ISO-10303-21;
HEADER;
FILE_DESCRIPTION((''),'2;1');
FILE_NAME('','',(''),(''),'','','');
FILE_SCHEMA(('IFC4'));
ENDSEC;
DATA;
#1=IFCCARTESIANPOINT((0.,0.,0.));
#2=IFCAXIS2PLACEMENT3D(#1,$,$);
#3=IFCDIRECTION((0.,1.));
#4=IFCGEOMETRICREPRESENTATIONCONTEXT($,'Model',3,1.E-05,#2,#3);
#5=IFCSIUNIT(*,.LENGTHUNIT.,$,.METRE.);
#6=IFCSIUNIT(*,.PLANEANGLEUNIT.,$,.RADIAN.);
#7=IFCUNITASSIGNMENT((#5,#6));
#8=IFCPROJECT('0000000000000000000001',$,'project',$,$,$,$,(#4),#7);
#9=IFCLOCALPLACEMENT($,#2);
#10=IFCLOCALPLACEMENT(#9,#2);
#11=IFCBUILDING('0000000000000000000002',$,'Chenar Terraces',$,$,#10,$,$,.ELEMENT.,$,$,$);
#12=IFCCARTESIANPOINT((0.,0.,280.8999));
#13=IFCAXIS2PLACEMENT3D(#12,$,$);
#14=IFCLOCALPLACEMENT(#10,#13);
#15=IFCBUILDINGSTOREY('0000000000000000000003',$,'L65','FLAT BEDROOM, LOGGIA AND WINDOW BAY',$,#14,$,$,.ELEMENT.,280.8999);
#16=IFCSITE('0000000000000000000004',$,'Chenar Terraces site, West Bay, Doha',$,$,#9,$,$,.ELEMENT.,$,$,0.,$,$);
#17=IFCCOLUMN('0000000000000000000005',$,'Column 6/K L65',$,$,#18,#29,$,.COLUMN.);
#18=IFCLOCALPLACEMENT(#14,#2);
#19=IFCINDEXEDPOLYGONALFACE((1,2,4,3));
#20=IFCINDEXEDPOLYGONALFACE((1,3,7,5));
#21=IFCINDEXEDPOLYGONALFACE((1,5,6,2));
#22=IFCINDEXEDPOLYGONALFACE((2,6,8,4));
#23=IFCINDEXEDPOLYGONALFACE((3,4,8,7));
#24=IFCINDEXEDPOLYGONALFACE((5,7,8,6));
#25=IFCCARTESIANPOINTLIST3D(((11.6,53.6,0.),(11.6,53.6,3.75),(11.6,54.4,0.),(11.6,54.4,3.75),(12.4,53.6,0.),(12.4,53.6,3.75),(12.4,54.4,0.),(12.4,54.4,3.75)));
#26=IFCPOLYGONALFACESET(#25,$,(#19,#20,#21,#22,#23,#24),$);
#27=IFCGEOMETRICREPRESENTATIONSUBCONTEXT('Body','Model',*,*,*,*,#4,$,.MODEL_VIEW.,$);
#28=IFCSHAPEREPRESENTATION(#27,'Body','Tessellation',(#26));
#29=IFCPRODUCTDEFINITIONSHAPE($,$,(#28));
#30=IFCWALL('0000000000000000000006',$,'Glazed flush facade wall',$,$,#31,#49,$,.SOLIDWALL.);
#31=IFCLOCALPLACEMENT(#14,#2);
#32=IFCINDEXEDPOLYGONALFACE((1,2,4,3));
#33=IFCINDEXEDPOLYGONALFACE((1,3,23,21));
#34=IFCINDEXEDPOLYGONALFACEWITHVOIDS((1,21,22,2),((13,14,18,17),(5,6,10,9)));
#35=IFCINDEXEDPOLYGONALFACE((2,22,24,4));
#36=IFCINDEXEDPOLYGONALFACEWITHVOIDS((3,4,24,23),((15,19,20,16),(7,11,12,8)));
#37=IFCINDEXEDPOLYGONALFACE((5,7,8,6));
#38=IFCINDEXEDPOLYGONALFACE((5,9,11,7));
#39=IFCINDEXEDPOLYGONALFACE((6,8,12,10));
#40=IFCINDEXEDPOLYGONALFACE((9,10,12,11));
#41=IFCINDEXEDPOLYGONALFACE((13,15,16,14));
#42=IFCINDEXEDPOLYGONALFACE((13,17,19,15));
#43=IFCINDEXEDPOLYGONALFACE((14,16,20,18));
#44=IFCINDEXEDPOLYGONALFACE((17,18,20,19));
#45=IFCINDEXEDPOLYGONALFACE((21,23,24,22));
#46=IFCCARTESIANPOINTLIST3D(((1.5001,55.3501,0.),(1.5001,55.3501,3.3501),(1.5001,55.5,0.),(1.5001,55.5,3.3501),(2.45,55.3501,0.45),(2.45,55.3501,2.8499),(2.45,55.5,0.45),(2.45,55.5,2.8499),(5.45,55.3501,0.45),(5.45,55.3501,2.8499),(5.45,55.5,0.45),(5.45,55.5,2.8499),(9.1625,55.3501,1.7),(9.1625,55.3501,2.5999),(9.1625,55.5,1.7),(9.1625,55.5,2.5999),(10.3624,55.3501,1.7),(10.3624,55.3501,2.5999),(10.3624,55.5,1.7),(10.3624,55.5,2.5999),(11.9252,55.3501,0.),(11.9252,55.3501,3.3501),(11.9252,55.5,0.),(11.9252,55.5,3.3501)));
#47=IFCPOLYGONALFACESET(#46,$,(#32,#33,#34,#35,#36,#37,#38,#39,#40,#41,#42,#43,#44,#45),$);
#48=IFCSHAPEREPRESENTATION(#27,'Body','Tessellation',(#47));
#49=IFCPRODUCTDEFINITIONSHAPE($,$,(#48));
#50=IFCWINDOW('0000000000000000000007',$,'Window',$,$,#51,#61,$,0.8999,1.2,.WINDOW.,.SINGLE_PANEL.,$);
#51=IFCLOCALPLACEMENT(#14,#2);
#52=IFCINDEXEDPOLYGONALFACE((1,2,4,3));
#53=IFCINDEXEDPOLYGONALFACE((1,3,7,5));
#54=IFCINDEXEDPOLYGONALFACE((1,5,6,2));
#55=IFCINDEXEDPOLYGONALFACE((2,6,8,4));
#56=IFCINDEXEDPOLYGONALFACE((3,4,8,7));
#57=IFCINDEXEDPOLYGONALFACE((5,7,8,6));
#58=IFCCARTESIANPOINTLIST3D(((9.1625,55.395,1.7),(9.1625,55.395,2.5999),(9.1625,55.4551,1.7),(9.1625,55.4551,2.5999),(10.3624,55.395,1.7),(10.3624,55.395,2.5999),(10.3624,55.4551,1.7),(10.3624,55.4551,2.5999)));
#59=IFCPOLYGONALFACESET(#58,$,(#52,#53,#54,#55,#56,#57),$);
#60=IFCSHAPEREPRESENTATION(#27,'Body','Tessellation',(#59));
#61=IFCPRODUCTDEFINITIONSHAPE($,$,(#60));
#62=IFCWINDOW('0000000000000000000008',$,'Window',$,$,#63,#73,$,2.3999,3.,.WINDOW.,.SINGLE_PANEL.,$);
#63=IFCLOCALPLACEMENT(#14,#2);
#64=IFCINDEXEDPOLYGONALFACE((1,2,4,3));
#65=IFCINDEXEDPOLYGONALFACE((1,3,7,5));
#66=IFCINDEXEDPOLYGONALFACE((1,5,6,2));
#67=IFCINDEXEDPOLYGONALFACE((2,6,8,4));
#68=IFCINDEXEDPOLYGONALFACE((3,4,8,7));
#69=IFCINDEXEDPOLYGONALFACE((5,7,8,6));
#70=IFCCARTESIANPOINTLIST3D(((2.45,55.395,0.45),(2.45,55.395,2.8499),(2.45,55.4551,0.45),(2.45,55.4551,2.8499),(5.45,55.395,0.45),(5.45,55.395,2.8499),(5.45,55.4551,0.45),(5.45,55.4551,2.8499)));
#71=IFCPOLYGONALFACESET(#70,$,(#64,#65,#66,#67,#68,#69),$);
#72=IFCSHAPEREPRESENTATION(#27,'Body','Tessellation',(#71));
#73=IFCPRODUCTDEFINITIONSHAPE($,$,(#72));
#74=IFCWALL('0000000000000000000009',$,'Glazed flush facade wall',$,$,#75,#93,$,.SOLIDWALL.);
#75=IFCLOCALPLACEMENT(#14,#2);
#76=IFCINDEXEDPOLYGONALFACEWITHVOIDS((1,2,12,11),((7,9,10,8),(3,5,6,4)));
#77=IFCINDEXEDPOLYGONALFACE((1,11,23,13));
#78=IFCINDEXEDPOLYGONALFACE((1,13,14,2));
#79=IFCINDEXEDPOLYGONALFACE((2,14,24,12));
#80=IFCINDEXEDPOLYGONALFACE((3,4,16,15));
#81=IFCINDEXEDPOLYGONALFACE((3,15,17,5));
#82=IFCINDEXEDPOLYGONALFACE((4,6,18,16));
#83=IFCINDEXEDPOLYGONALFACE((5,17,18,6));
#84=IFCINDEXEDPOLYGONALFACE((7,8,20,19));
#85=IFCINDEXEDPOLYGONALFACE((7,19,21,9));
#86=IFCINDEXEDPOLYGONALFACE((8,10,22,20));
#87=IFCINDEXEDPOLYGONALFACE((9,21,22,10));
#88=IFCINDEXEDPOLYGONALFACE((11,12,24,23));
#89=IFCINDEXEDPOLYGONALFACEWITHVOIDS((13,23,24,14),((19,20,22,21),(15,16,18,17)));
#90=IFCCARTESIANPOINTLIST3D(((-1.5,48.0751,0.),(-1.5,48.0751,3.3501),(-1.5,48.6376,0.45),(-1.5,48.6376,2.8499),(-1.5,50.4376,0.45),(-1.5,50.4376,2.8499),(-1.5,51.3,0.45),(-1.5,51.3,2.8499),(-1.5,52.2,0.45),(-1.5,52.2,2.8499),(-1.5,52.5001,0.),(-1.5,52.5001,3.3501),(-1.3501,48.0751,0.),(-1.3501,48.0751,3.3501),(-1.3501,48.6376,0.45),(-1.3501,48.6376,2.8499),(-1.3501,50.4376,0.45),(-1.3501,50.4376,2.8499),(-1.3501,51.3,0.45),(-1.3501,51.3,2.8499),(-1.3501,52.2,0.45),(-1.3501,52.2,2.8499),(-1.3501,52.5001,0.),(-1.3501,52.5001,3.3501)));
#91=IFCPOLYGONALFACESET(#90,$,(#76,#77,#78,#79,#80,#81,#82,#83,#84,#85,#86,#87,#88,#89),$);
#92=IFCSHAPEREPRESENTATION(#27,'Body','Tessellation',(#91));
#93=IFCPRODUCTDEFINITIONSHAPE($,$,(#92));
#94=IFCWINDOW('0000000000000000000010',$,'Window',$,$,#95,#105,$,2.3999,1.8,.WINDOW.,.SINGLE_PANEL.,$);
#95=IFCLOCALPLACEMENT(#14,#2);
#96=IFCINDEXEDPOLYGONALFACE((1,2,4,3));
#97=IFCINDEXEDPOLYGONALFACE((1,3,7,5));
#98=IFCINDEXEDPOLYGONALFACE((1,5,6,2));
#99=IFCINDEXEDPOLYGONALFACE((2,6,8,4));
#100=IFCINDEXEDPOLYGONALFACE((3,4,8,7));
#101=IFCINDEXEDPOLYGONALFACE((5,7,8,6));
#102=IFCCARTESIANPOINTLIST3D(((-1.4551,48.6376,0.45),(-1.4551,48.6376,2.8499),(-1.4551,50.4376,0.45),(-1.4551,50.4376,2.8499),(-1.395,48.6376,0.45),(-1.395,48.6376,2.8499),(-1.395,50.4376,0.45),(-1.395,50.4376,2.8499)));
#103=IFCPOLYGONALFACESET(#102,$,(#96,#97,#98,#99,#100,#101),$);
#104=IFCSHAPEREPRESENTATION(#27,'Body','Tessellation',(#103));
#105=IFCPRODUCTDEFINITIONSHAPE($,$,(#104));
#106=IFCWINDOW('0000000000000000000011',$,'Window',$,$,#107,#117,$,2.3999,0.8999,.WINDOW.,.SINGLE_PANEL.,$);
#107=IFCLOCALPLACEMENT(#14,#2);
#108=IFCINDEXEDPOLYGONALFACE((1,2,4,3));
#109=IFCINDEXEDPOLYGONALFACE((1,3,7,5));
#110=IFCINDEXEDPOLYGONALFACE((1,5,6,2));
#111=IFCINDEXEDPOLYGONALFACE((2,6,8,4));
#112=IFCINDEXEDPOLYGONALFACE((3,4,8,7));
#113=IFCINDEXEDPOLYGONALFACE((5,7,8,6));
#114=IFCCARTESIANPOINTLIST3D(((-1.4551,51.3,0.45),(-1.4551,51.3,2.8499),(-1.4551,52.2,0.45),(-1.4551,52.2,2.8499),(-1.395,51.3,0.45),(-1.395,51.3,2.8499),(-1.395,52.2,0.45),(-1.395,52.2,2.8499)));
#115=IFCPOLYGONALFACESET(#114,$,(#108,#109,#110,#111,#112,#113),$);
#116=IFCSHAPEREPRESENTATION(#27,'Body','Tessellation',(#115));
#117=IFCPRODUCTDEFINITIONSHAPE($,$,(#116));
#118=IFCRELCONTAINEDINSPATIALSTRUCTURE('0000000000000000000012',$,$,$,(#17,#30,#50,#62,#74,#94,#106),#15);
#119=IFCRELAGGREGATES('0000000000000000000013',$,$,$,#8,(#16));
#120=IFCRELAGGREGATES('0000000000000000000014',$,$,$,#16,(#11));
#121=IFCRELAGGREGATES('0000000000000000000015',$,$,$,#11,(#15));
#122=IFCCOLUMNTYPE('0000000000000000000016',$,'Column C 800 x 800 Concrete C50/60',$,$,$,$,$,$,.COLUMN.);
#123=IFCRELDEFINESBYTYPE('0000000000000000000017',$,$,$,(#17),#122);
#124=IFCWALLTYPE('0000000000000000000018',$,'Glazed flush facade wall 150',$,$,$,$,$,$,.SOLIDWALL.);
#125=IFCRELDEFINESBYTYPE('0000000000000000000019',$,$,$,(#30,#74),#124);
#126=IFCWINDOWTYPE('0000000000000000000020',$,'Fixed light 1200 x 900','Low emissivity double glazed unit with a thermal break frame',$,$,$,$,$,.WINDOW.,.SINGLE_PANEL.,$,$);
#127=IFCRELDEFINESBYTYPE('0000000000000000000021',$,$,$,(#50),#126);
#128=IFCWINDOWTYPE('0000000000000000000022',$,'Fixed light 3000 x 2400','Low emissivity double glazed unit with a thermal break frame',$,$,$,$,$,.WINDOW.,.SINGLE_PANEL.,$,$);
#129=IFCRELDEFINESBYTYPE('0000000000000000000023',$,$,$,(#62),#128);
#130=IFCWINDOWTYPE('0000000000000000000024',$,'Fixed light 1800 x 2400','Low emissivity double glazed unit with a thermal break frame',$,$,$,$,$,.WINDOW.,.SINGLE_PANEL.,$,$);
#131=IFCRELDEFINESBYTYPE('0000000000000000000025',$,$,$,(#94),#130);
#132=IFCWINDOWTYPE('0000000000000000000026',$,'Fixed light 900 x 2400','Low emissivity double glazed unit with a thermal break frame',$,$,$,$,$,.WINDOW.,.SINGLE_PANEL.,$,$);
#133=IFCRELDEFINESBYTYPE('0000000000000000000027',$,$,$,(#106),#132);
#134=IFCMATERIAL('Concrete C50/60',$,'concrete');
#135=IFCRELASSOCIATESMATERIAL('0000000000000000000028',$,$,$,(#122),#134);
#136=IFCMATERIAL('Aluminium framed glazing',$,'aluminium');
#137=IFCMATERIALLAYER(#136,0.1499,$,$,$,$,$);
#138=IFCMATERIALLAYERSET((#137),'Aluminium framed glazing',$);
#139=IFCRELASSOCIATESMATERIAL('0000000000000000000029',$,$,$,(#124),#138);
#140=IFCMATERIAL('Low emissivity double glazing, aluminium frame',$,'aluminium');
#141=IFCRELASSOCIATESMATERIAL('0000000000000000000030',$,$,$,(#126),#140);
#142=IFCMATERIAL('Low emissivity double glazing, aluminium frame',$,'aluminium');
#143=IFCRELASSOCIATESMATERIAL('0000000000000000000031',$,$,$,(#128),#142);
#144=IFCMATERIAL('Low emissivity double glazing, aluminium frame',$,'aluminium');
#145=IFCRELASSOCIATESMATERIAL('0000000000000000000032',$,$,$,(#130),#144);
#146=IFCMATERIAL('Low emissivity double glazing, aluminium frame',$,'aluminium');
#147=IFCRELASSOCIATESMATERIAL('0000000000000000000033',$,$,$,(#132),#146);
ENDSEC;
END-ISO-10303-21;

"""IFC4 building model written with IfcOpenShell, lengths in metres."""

from ifc_helpers import new_model, si_unit, direction, frame, frame_2d, origin, origin_2d, place, context, subcontext, project, spatial, rectangle, extrude, material, layer, layer_set, material_profile, profile_set, type_object, element, fill, save


model = new_model("IFC4")

# Units and contexts
model_context = context("Model", 3, precision=1e-05, world=origin(), true_north=direction((0.0, 1.0)))
body_context = subcontext(model_context, "Body", "Model", "MODEL_VIEW")
ifc_project = project(units=[si_unit("LENGTHUNIT", "METRE"), si_unit("PLANEANGLEUNIT", "RADIAN")], contexts=[model_context])

# Site, building, storey
site_placement = place(None, origin())
site = spatial("IfcSite", under=ifc_project, at=site_placement, Name="Chenar Terraces site, West Bay, Doha", CompositionType="ELEMENT", RefElevation=0.0)
building_placement = place(site_placement, origin())
building = spatial("IfcBuilding", under=site, at=building_placement, Name="Chenar Terraces", CompositionType="ELEMENT")
storey_placement = place(building_placement, frame((0.0, 0.0, 280.8999)))
storey = spatial("IfcBuildingStorey", under=building, at=storey_placement, Name="L65", Description="FLAT BEDROOM, LOGGIA AND WINDOW BAY", CompositionType="ELEMENT", Elevation=280.8999)

# Column
ifc_material_1 = material(Name="Concrete C50/60", Category="concrete")
ifc_material_profile_1 = material_profile(ifc_material_1, rectangle(XDim=0.8, YDim=0.8, at=origin_2d()), Name="C 800 x 800")
ifc_profile_set_1 = profile_set([ifc_material_profile_1], Name="Concrete C50/60")
column_type = type_object("IfcColumnType", Name="Column C 800 x 800 Concrete C50/60", PredefinedType="COLUMN", material=ifc_profile_set_1)
column_placement = place(storey_placement, frame((12.0, 54.0, 0.0), z_axis=(0.0, 0.0, 1.0), x_axis=(1.0, 0.0, 0.0)))
element("IfcColumn", 1, at=column_placement, inside=storey, type_object=column_type, Name="Column 6/K L65", PredefinedType="COLUMN", context=body_context, shape_type="SweptSolid", body=[
    extrude(rectangle(XDim=0.8, YDim=0.8, at=origin_2d()), origin(), (0.0, 0.0, 1.0), 3.75),
])

# Walls, openings, windows
ifc_material_2 = material(Name="Aluminium framed glazing", Category="aluminium")
ifc_layer_1 = layer(ifc_material_2, 0.1499)
ifc_layer_set_1 = layer_set([ifc_layer_1], Name="Aluminium framed glazing")
wall_type_1 = type_object("IfcWallType", Name="Glazed flush facade wall 150", PredefinedType="SOLIDWALL", material=ifc_layer_set_1)
wall_1_placement = place(storey_placement, frame((11.925, 55.425, 0.0), z_axis=(0.0, 0.0, 1.0), x_axis=(-1.0, 0.0, 0.0)))
wall_1 = element("IfcWall", 2, at=wall_1_placement, inside=storey, type_object=wall_type_1, Name="Glazed flush facade wall", PredefinedType="SOLIDWALL", context=body_context, shape_type="SweptSolid", body=[
    extrude(rectangle(XDim=10.425, YDim=0.1499, at=frame_2d((5.2124, 0.0))), origin(), (0.0, 0.0, 1.0), 3.3501),
])
opening_1_placement = place(wall_1_placement, frame((1.5625, 0.0, 1.7)))
opening_1 = element("IfcOpeningElement", 3, at=opening_1_placement, cuts=wall_1, PredefinedType="OPENING", context=body_context, shape_type="SweptSolid", body=[
    extrude(rectangle(XDim=1.2, YDim=0.8999, at=frame_2d((0.6001, 0.45))), frame((0.0, 0.085, 0.0), z_axis=(0.0, -1.0, 0.0), x_axis=(1.0, 0.0, 0.0)), (0.0, 0.0, 1.0), 0.1699),
])
opening_2_placement = place(wall_1_placement, frame((6.4751, 0.0, 0.45)))
opening_2 = element("IfcOpeningElement", 4, at=opening_2_placement, cuts=wall_1, PredefinedType="OPENING", context=body_context, shape_type="SweptSolid", body=[
    extrude(rectangle(XDim=3.0, YDim=2.3999, at=frame_2d((1.5, 1.2))), frame((0.0, 0.085, 0.0), z_axis=(0.0, -1.0, 0.0), x_axis=(1.0, 0.0, 0.0)), (0.0, 0.0, 1.0), 0.1699),
])
ifc_material_3 = material(Name="Low emissivity double glazing, aluminium frame", Category="aluminium")
window_type_1 = type_object("IfcWindowType", Name="Fixed light 1200 x 900", Description="Low emissivity double glazed unit with a thermal break frame", PartitioningType="SINGLE_PANEL", PredefinedType="WINDOW", material=ifc_material_3)
window_1_placement = place(opening_1_placement, origin())
window_1 = element("IfcWindow", 5, at=window_1_placement, inside=storey, type_object=window_type_1, Name="Window", OverallHeight=0.8999, OverallWidth=1.2, PartitioningType="SINGLE_PANEL", PredefinedType="WINDOW", context=body_context, shape_type="SweptSolid", body=[
    extrude(rectangle(XDim=1.2, YDim=0.8999, at=frame_2d((0.6001, 0.45))), frame((0.0, 0.03, 0.0), z_axis=(0.0, -1.0, 0.0), x_axis=(1.0, 0.0, 0.0)), (0.0, 0.0, 1.0), 0.0601),
])
fill(opening_1, window_1)
ifc_material_4 = material(Name="Low emissivity double glazing, aluminium frame", Category="aluminium")
window_type_2 = type_object("IfcWindowType", Name="Fixed light 3000 x 2400", Description="Low emissivity double glazed unit with a thermal break frame", PartitioningType="SINGLE_PANEL", PredefinedType="WINDOW", material=ifc_material_4)
window_2_placement = place(opening_2_placement, origin())
window_2 = element("IfcWindow", 6, at=window_2_placement, inside=storey, type_object=window_type_2, Name="Window", OverallHeight=2.3999, OverallWidth=3.0, PartitioningType="SINGLE_PANEL", PredefinedType="WINDOW", context=body_context, shape_type="SweptSolid", body=[
    extrude(rectangle(XDim=3.0, YDim=2.3999, at=frame_2d((1.5, 1.2))), frame((0.0, 0.03, 0.0), z_axis=(0.0, -1.0, 0.0), x_axis=(1.0, 0.0, 0.0)), (0.0, 0.0, 1.0), 0.0601),
])
fill(opening_2, window_2)
wall_2_placement = place(storey_placement, frame((-1.425, 52.5, 0.0), z_axis=(0.0, 0.0, 1.0), x_axis=(0.0, -1.0, 0.0)))
wall_2 = element("IfcWall", 7, at=wall_2_placement, inside=storey, type_object=wall_type_1, Name="Glazed flush facade wall", PredefinedType="SOLIDWALL", context=body_context, shape_type="SweptSolid", body=[
    extrude(rectangle(XDim=4.425, YDim=0.1499, at=frame_2d((2.2124, 0.0))), origin(), (0.0, 0.0, 1.0), 3.3501),
])
opening_3_placement = place(wall_2_placement, frame((0.3, 0.0, 0.45)))
opening_3 = element("IfcOpeningElement", 8, at=opening_3_placement, cuts=wall_2, PredefinedType="OPENING", context=body_context, shape_type="SweptSolid", body=[
    extrude(rectangle(XDim=0.8999, YDim=2.3999, at=frame_2d((0.45, 1.2))), frame((0.0, 0.085, 0.0), z_axis=(0.0, -1.0, 0.0), x_axis=(1.0, 0.0, 0.0)), (0.0, 0.0, 1.0), 0.1699),
])
opening_4_placement = place(wall_2_placement, frame((2.0625, 0.0, 0.45)))
opening_4 = element("IfcOpeningElement", 9, at=opening_4_placement, cuts=wall_2, PredefinedType="OPENING", context=body_context, shape_type="SweptSolid", body=[
    extrude(rectangle(XDim=1.8, YDim=2.3999, at=frame_2d((0.8999, 1.2))), frame((0.0, 0.085, 0.0), z_axis=(0.0, -1.0, 0.0), x_axis=(1.0, 0.0, 0.0)), (0.0, 0.0, 1.0), 0.1699),
])
ifc_material_5 = material(Name="Low emissivity double glazing, aluminium frame", Category="aluminium")
window_type_3 = type_object("IfcWindowType", Name="Fixed light 1800 x 2400", Description="Low emissivity double glazed unit with a thermal break frame", PartitioningType="SINGLE_PANEL", PredefinedType="WINDOW", material=ifc_material_5)
window_3_placement = place(opening_4_placement, origin())
window_3 = element("IfcWindow", 10, at=window_3_placement, inside=storey, type_object=window_type_3, Name="Window", OverallHeight=2.3999, OverallWidth=1.8, PartitioningType="SINGLE_PANEL", PredefinedType="WINDOW", context=body_context, shape_type="SweptSolid", body=[
    extrude(rectangle(XDim=1.8, YDim=2.3999, at=frame_2d((0.8999, 1.2))), frame((0.0, 0.03, 0.0), z_axis=(0.0, -1.0, 0.0), x_axis=(1.0, 0.0, 0.0)), (0.0, 0.0, 1.0), 0.0601),
])
fill(opening_4, window_3)
ifc_material_6 = material(Name="Low emissivity double glazing, aluminium frame", Category="aluminium")
window_type_4 = type_object("IfcWindowType", Name="Fixed light 900 x 2400", Description="Low emissivity double glazed unit with a thermal break frame", PartitioningType="SINGLE_PANEL", PredefinedType="WINDOW", material=ifc_material_6)
window_4_placement = place(opening_3_placement, origin())
window_4 = element("IfcWindow", 11, at=window_4_placement, inside=storey, type_object=window_type_4, Name="Window", OverallHeight=2.3999, OverallWidth=0.8999, PartitioningType="SINGLE_PANEL", PredefinedType="WINDOW", context=body_context, shape_type="SweptSolid", body=[
    extrude(rectangle(XDim=0.8999, YDim=2.3999, at=frame_2d((0.45, 1.2))), frame((0.0, 0.03, 0.0), z_axis=(0.0, -1.0, 0.0), x_axis=(1.0, 0.0, 0.0)), (0.0, 0.0, 1.0), 0.0601),
])
fill(opening_3, window_4)

save(model, "model.ifc")
